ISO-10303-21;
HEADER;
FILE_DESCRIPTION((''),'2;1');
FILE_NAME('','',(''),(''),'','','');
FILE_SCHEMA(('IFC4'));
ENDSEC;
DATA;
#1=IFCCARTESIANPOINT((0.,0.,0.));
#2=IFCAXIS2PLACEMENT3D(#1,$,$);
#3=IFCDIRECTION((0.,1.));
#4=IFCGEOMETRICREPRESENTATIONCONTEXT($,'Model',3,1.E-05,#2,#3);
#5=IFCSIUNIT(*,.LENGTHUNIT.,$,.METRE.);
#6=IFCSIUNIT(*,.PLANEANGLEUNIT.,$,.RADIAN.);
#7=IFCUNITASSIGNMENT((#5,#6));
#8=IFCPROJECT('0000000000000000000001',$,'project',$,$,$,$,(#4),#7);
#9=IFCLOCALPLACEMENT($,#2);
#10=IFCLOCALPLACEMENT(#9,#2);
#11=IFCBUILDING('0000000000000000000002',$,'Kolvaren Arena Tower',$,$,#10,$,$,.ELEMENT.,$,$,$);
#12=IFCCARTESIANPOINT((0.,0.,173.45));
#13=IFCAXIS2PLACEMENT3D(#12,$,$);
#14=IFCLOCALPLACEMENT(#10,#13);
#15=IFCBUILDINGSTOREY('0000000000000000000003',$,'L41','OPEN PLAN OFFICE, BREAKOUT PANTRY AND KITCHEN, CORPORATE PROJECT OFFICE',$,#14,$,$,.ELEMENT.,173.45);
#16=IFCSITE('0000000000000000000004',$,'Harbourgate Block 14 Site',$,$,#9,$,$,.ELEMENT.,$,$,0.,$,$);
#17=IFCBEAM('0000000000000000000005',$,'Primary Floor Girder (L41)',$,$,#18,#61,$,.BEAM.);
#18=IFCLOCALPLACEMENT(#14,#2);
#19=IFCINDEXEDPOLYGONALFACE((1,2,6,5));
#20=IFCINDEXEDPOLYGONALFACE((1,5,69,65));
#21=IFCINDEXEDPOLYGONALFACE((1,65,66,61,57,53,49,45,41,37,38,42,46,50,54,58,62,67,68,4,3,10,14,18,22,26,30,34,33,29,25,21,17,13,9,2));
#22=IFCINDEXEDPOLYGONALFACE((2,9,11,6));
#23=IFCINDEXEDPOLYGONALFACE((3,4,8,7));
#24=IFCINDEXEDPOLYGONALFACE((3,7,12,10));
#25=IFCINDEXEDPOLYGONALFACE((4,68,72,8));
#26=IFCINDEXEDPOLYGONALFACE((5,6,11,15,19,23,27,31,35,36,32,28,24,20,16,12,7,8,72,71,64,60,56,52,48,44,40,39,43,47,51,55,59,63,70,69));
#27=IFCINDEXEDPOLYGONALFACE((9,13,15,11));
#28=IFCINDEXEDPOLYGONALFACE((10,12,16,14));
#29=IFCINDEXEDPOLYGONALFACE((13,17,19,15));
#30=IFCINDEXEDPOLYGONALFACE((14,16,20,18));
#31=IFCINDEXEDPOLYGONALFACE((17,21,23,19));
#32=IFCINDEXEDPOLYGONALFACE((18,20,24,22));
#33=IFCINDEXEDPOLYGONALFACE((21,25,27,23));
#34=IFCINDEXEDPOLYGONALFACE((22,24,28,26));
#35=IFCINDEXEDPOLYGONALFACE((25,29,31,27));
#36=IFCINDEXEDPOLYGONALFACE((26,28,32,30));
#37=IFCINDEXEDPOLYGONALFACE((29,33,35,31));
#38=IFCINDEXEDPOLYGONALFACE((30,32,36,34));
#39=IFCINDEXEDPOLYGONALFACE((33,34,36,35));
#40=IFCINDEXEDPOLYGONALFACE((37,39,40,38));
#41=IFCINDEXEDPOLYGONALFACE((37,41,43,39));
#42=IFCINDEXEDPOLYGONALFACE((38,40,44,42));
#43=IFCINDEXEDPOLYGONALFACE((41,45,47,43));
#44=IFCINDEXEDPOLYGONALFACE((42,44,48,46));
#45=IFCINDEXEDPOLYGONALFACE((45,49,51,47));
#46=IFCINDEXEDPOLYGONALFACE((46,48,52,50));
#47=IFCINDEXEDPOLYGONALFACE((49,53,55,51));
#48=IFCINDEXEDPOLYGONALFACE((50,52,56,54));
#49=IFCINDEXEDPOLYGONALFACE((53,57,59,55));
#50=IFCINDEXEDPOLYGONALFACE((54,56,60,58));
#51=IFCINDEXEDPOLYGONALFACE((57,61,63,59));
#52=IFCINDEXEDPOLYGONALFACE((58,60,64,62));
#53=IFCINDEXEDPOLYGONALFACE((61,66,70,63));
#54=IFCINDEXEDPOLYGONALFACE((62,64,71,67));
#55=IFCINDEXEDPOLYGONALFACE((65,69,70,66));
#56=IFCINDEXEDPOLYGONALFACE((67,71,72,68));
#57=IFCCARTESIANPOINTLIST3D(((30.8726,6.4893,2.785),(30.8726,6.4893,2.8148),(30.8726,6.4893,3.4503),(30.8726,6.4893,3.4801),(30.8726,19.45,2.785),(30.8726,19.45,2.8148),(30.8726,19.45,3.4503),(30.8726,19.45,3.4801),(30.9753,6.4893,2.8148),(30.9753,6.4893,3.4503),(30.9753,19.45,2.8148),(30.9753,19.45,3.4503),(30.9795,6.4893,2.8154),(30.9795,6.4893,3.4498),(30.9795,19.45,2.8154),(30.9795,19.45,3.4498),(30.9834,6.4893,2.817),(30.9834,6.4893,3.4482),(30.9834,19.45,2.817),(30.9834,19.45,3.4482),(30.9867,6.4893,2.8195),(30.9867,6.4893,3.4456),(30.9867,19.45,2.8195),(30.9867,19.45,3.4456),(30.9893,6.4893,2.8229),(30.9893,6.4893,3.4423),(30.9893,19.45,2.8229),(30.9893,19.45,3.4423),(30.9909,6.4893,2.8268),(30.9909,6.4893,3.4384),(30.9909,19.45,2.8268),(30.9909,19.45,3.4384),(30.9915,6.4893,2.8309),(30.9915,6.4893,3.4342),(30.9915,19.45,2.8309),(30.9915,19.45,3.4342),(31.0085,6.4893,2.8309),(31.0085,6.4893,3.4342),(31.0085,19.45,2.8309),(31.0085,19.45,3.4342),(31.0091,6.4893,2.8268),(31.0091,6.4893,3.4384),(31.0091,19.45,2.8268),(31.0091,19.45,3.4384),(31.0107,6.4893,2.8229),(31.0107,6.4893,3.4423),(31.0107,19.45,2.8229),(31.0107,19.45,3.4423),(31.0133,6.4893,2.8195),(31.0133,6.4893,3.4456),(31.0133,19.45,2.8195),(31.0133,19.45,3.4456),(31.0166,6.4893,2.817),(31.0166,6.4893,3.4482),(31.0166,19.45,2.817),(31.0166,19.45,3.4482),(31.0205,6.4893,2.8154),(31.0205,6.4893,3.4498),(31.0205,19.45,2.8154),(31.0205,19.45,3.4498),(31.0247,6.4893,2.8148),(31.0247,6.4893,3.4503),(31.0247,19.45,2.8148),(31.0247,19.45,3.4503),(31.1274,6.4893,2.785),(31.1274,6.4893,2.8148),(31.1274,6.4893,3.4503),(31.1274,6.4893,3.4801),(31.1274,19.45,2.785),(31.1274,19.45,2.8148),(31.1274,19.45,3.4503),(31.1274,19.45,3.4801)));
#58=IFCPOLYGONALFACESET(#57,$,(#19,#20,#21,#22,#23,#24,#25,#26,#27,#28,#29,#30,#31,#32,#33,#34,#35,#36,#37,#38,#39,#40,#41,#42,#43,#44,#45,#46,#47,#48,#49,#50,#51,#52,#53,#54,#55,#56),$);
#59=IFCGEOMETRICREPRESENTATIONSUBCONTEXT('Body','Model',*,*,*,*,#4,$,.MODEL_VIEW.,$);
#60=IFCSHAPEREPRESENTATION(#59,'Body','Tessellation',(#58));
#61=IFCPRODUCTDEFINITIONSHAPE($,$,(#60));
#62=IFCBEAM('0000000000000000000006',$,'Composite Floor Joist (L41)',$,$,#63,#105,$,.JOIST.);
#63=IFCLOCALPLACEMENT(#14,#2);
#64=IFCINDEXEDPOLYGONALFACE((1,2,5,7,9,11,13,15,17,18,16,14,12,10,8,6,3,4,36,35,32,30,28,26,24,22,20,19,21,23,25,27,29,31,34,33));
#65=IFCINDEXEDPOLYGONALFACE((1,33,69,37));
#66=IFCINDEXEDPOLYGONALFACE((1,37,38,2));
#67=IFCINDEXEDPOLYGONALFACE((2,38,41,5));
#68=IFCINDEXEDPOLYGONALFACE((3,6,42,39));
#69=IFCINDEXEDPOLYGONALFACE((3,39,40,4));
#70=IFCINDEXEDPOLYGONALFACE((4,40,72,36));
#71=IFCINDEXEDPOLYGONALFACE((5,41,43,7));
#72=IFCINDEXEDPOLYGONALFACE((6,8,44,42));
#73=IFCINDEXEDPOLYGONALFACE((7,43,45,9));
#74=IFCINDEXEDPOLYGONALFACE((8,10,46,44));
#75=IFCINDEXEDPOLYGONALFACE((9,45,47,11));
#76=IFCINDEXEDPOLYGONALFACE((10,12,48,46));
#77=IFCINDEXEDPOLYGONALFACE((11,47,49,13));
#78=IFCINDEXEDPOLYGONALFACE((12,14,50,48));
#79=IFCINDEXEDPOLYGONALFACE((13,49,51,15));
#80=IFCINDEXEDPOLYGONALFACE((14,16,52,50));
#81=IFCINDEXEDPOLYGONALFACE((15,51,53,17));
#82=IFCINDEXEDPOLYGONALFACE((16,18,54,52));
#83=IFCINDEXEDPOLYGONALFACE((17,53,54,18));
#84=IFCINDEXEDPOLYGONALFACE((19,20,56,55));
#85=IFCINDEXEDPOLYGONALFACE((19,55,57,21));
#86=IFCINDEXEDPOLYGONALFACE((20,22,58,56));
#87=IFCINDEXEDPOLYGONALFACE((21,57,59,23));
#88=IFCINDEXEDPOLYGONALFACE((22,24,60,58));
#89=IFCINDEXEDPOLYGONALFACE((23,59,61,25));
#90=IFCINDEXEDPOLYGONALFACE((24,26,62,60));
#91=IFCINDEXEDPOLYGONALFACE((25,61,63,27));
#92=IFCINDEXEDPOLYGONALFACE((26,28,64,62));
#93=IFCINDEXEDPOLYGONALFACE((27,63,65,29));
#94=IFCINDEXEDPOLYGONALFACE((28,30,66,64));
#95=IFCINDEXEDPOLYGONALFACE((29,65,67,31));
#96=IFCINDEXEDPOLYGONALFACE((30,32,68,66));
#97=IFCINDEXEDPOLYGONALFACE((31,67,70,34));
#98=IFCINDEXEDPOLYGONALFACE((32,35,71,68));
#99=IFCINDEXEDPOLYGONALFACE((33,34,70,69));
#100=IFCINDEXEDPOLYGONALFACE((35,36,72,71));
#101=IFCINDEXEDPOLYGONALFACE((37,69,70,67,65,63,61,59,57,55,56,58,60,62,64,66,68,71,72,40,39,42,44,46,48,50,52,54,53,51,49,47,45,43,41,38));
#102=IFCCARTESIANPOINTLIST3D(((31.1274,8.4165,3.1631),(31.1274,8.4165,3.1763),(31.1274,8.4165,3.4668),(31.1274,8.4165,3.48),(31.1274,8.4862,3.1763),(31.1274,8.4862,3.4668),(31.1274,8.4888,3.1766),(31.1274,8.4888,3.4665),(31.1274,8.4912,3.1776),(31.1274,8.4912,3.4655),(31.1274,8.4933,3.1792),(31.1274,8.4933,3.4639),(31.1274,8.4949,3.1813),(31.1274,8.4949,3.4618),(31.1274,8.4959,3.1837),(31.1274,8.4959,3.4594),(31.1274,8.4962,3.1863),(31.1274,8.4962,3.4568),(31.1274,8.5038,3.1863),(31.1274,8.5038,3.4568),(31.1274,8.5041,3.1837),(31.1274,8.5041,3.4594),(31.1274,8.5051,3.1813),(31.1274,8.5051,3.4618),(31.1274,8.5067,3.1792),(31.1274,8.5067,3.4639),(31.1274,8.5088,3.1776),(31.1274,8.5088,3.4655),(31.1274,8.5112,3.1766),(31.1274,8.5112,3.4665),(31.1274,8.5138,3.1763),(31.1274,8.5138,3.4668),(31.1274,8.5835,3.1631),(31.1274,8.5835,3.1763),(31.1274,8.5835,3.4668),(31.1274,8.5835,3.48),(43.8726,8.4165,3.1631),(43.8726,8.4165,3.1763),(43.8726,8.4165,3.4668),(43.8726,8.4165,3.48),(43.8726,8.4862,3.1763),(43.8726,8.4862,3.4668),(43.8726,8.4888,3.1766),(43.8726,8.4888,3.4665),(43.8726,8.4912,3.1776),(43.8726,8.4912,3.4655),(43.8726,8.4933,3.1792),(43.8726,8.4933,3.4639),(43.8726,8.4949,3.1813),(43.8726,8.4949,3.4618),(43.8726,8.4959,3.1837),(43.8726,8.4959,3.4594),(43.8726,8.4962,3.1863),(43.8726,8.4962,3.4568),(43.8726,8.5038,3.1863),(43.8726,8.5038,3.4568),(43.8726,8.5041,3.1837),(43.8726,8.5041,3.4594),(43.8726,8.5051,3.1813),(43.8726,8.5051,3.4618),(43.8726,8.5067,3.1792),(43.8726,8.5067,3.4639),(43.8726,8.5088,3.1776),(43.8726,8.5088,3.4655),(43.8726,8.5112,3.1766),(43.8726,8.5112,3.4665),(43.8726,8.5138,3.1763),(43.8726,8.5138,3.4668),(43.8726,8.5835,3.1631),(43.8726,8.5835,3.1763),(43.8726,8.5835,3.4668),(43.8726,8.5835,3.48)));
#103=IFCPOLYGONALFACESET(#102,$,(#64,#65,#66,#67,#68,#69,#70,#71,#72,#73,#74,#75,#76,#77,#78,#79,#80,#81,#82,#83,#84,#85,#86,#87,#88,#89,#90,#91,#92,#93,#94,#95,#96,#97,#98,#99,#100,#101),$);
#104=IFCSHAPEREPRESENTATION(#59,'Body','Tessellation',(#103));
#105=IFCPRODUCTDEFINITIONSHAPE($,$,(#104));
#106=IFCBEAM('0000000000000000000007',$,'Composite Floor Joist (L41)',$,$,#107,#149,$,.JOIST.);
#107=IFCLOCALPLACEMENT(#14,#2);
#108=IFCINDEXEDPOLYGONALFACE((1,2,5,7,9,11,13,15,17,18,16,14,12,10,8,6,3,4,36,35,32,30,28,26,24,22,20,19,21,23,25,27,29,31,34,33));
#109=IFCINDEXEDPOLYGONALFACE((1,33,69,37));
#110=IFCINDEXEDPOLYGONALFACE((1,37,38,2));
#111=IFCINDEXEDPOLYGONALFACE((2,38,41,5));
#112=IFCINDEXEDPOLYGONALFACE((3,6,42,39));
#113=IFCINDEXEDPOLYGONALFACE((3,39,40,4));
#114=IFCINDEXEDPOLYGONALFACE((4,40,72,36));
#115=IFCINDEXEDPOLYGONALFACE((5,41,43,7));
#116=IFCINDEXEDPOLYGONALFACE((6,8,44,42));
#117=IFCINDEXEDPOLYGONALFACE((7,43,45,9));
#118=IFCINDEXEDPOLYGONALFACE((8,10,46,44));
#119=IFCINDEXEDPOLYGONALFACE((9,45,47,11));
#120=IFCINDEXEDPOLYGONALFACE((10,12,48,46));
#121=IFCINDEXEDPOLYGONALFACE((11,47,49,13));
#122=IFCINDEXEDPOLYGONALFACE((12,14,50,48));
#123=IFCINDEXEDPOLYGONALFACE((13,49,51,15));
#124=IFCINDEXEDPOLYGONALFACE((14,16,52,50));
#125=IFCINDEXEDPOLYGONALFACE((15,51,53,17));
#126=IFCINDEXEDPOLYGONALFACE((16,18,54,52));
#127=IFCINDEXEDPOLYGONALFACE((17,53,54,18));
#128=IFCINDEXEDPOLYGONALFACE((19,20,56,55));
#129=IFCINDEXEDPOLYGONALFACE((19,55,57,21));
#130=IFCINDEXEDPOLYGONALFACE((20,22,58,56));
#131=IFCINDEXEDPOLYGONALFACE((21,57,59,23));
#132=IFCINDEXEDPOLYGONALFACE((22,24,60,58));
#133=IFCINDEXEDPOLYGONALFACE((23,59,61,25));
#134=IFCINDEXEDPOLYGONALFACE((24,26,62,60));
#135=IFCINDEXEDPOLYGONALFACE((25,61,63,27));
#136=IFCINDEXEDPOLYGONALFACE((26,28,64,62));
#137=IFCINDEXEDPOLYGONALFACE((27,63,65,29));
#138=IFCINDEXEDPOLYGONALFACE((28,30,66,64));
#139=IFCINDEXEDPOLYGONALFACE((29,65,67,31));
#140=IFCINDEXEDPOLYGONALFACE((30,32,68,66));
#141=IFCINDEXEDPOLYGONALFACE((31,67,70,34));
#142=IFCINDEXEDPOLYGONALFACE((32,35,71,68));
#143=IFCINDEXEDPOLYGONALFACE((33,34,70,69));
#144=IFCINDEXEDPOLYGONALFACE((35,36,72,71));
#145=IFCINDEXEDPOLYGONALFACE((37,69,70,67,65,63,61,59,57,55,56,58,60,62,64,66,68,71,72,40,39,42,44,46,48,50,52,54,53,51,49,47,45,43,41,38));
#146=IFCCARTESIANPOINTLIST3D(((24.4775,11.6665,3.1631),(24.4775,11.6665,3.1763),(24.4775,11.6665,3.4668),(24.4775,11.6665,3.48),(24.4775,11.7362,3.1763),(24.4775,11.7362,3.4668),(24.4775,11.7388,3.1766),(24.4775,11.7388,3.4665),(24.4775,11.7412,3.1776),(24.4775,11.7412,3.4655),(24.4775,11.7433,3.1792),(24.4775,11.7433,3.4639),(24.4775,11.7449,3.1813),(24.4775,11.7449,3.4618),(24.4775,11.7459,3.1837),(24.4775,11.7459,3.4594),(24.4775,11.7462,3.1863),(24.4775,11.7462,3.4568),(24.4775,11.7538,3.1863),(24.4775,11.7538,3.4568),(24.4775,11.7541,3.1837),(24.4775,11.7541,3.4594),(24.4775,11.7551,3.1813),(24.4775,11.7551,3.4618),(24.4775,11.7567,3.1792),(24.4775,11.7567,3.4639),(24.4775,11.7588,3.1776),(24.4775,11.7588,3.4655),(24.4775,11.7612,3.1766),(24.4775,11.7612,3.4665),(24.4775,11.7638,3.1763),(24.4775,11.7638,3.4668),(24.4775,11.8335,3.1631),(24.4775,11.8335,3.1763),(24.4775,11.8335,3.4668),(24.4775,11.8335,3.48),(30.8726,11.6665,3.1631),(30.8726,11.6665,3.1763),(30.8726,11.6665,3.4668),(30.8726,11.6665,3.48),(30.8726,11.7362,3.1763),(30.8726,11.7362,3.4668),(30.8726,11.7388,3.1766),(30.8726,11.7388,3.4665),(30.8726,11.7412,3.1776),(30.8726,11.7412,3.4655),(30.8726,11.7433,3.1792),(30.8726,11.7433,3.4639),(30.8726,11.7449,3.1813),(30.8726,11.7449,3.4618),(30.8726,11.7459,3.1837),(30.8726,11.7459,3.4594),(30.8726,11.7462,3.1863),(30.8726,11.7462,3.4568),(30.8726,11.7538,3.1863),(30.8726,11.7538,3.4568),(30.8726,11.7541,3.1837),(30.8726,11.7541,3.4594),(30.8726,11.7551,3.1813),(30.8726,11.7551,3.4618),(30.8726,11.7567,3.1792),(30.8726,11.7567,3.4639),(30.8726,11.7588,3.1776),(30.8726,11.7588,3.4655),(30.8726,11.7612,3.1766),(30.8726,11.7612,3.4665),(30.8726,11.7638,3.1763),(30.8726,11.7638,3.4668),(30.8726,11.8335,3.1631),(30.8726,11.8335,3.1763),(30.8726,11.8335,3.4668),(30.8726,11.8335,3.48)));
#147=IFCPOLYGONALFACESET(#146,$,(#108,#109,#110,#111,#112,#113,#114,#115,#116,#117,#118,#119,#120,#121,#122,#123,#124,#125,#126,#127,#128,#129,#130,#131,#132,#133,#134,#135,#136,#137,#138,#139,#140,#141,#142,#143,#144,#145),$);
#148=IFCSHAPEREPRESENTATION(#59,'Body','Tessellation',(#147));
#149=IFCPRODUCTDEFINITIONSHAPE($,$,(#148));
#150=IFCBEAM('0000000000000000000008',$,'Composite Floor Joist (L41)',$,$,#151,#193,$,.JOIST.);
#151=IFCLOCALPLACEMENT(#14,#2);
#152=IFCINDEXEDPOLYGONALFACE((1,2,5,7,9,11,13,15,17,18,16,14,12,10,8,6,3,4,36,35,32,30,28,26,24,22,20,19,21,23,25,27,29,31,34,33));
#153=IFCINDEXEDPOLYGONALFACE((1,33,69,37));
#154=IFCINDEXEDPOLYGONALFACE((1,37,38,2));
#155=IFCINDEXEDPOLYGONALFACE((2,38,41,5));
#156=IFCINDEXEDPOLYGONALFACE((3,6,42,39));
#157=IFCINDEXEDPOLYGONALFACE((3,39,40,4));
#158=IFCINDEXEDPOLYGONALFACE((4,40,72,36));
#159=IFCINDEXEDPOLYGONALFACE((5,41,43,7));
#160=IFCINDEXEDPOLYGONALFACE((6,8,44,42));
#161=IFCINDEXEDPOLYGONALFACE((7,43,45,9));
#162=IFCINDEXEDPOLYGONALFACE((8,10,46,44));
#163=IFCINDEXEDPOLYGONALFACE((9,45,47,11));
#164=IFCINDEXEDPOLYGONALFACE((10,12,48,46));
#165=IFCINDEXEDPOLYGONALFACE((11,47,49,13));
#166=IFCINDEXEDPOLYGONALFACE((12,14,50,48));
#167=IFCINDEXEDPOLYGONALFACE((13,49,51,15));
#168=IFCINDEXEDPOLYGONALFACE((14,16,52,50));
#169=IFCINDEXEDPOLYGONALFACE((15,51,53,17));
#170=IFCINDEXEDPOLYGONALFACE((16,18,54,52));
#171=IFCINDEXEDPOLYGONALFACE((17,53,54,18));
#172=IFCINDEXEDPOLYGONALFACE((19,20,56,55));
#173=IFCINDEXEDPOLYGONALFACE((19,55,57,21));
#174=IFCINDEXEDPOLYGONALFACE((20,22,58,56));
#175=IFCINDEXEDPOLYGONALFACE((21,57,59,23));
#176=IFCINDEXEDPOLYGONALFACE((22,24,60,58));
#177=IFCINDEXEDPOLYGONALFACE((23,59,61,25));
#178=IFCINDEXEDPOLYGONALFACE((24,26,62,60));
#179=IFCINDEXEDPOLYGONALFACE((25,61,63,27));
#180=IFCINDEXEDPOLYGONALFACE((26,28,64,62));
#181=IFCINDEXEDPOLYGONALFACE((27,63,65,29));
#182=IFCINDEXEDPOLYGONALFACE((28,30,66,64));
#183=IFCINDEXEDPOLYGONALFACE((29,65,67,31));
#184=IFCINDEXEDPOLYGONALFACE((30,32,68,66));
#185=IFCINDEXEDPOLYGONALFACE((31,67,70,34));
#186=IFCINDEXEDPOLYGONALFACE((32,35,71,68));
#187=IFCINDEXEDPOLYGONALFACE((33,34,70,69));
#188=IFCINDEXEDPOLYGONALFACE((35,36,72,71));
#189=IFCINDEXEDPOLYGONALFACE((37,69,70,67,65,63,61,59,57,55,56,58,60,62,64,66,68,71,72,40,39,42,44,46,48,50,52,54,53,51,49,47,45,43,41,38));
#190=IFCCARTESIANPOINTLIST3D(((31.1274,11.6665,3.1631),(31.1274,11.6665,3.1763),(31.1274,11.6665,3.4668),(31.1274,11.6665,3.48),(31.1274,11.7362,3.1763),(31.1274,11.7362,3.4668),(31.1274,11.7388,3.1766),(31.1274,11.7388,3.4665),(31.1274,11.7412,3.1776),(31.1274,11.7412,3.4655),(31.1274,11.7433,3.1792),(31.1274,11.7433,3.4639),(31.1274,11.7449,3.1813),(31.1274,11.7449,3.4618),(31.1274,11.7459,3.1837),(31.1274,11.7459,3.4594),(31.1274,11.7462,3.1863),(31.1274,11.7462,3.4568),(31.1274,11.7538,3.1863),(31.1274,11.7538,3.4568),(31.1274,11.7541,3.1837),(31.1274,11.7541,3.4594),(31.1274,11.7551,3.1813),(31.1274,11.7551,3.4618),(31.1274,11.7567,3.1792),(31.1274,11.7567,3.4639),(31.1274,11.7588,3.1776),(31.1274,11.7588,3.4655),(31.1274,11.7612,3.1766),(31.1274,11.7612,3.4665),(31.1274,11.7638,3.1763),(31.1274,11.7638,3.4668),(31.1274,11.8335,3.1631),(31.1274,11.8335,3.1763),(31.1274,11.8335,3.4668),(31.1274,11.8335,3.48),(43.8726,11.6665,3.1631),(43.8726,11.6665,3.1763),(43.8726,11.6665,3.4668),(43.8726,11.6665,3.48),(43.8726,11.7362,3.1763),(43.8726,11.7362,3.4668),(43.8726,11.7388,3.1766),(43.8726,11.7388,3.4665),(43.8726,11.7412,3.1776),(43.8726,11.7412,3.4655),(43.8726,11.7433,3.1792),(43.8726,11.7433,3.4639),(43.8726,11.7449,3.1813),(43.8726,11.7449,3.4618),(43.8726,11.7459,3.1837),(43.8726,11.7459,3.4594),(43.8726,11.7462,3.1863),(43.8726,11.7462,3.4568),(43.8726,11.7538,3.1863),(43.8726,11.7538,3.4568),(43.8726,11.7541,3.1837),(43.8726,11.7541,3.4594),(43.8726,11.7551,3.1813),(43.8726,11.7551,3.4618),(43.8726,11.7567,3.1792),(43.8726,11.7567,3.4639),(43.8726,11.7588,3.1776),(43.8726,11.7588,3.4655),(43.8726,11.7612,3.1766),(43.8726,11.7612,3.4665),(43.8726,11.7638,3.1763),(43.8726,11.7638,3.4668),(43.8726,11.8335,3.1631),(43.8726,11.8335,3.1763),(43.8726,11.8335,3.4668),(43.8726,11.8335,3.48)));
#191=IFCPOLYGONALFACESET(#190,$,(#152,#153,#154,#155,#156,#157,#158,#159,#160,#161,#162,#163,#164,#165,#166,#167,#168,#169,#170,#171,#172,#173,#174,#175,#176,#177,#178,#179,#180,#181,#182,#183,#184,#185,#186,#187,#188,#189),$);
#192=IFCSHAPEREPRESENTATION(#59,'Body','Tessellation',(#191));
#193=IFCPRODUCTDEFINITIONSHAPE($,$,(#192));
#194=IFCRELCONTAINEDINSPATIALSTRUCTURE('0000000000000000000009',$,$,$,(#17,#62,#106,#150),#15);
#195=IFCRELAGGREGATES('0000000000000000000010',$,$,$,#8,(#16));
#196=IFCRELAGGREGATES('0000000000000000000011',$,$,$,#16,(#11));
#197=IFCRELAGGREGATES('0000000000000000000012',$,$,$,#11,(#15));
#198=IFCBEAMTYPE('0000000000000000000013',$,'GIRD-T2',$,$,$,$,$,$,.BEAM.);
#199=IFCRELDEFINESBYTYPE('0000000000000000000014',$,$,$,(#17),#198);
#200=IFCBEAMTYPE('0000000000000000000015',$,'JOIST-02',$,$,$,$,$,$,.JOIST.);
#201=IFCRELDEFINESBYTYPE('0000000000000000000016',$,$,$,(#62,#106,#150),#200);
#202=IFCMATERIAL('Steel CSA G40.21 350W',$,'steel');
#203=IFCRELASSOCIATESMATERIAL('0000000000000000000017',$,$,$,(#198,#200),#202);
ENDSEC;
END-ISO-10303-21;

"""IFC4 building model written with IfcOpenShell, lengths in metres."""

from ifc_helpers import new_model, si_unit, direction, frame, origin, origin_2d, place, context, subcontext, project, spatial, i_section, extrude, material, material_profile, profile_set, type_object, element, save


model = new_model("IFC4")

# Units and contexts
model_context = context("Model", 3, precision=1e-05, world=origin(), true_north=direction((0.0, 1.0)))
body_context = subcontext(model_context, "Body", "Model", "MODEL_VIEW")
ifc_project = project(units=[si_unit("LENGTHUNIT", "METRE"), si_unit("PLANEANGLEUNIT", "RADIAN")], contexts=[model_context])

# Site, building, storey
site_placement = place(None, origin())
site = spatial("IfcSite", under=ifc_project, at=site_placement, Name="Harbourgate Block 14 Site", CompositionType="ELEMENT", RefElevation=0.0)
building_placement = place(site_placement, origin())
building = spatial("IfcBuilding", under=site, at=building_placement, Name="Kolvaren Arena Tower", CompositionType="ELEMENT")
storey_placement = place(building_placement, frame((0.0, 0.0, 173.45)))
storey = spatial("IfcBuildingStorey", under=building, at=storey_placement, Name="L41", Description="OPEN PLAN OFFICE, BREAKOUT PANTRY AND KITCHEN, CORPORATE PROJECT OFFICE", CompositionType="ELEMENT", Elevation=173.45)

# Beams
ifc_material_1 = material(Name="Steel CSA G40.21 350W", Category="steel")
ifc_material_profile_1 = material_profile(ifc_material_1, i_section(OverallWidth=0.2549, OverallDepth=0.6951, WebThickness=0.0171, FlangeThickness=0.0298, FilletRadius=0.0161, at=origin_2d()), Name="W690x217")
ifc_profile_set_1 = profile_set([ifc_material_profile_1], Name="Steel CSA G40.21 350W")
beam_type_1 = type_object("IfcBeamType", Name="GIRD-T2", PredefinedType="BEAM", material=ifc_profile_set_1)
beam_1_placement = place(storey_placement, frame((31.0, 6.4893, 3.1326), z_axis=(0.0, 1.0, 0.0), x_axis=(-1.0, 0.0, 0.0)))
element("IfcBeam", 1, at=beam_1_placement, inside=storey, type_object=beam_type_1, Name="Primary Floor Girder (L41)", PredefinedType="BEAM", context=body_context, shape_type="SweptSolid", body=[
    extrude(i_section(OverallWidth=0.2549, OverallDepth=0.6951, WebThickness=0.0171, FlangeThickness=0.0298, FilletRadius=0.0161, at=origin_2d()), origin(), (0.0, 0.0, 1.0), 12.9607),
])
ifc_material_profile_2 = material_profile(ifc_material_1, i_section(OverallWidth=0.167, OverallDepth=0.3169, WebThickness=0.0076, FlangeThickness=0.0132, FilletRadius=0.01, at=origin_2d()), Name="W310x52")
ifc_profile_set_2 = profile_set([ifc_material_profile_2], Name="Steel CSA G40.21 350W")
beam_type_2 = type_object("IfcBeamType", Name="JOIST-02", PredefinedType="JOIST", material=ifc_profile_set_2)
beam_2_placement = place(storey_placement, frame((31.1274, 8.5, 3.3215), z_axis=(1.0, 0.0, 0.0), x_axis=(0.0, 1.0, 0.0)))
element("IfcBeam", 2, at=beam_2_placement, inside=storey, type_object=beam_type_2, Name="Composite Floor Joist (L41)", PredefinedType="JOIST", context=body_context, shape_type="SweptSolid", body=[
    extrude(i_section(OverallWidth=0.167, OverallDepth=0.3169, WebThickness=0.0076, FlangeThickness=0.0132, FilletRadius=0.01, at=origin_2d()), origin(), (0.0, 0.0, 1.0), 12.7451),
])
beam_3_placement = place(storey_placement, frame((24.4775, 11.75, 3.3215), z_axis=(1.0, 0.0, 0.0), x_axis=(0.0, 1.0, 0.0)))
element("IfcBeam", 3, at=beam_3_placement, inside=storey, type_object=beam_type_2, Name="Composite Floor Joist (L41)", PredefinedType="JOIST", context=body_context, shape_type="SweptSolid", body=[
    extrude(i_section(OverallWidth=0.167, OverallDepth=0.3169, WebThickness=0.0076, FlangeThickness=0.0132, FilletRadius=0.01, at=origin_2d()), origin(), (0.0, 0.0, 1.0), 6.395),
])
beam_4_placement = place(storey_placement, frame((31.1274, 11.75, 3.3215), z_axis=(1.0, 0.0, 0.0), x_axis=(0.0, 1.0, 0.0)))
element("IfcBeam", 4, at=beam_4_placement, inside=storey, type_object=beam_type_2, Name="Composite Floor Joist (L41)", PredefinedType="JOIST", context=body_context, shape_type="SweptSolid", body=[
    extrude(i_section(OverallWidth=0.167, OverallDepth=0.3169, WebThickness=0.0076, FlangeThickness=0.0132, FilletRadius=0.01, at=origin_2d()), origin(), (0.0, 0.0, 1.0), 12.7451),
])

save(model, "model.ifc")
